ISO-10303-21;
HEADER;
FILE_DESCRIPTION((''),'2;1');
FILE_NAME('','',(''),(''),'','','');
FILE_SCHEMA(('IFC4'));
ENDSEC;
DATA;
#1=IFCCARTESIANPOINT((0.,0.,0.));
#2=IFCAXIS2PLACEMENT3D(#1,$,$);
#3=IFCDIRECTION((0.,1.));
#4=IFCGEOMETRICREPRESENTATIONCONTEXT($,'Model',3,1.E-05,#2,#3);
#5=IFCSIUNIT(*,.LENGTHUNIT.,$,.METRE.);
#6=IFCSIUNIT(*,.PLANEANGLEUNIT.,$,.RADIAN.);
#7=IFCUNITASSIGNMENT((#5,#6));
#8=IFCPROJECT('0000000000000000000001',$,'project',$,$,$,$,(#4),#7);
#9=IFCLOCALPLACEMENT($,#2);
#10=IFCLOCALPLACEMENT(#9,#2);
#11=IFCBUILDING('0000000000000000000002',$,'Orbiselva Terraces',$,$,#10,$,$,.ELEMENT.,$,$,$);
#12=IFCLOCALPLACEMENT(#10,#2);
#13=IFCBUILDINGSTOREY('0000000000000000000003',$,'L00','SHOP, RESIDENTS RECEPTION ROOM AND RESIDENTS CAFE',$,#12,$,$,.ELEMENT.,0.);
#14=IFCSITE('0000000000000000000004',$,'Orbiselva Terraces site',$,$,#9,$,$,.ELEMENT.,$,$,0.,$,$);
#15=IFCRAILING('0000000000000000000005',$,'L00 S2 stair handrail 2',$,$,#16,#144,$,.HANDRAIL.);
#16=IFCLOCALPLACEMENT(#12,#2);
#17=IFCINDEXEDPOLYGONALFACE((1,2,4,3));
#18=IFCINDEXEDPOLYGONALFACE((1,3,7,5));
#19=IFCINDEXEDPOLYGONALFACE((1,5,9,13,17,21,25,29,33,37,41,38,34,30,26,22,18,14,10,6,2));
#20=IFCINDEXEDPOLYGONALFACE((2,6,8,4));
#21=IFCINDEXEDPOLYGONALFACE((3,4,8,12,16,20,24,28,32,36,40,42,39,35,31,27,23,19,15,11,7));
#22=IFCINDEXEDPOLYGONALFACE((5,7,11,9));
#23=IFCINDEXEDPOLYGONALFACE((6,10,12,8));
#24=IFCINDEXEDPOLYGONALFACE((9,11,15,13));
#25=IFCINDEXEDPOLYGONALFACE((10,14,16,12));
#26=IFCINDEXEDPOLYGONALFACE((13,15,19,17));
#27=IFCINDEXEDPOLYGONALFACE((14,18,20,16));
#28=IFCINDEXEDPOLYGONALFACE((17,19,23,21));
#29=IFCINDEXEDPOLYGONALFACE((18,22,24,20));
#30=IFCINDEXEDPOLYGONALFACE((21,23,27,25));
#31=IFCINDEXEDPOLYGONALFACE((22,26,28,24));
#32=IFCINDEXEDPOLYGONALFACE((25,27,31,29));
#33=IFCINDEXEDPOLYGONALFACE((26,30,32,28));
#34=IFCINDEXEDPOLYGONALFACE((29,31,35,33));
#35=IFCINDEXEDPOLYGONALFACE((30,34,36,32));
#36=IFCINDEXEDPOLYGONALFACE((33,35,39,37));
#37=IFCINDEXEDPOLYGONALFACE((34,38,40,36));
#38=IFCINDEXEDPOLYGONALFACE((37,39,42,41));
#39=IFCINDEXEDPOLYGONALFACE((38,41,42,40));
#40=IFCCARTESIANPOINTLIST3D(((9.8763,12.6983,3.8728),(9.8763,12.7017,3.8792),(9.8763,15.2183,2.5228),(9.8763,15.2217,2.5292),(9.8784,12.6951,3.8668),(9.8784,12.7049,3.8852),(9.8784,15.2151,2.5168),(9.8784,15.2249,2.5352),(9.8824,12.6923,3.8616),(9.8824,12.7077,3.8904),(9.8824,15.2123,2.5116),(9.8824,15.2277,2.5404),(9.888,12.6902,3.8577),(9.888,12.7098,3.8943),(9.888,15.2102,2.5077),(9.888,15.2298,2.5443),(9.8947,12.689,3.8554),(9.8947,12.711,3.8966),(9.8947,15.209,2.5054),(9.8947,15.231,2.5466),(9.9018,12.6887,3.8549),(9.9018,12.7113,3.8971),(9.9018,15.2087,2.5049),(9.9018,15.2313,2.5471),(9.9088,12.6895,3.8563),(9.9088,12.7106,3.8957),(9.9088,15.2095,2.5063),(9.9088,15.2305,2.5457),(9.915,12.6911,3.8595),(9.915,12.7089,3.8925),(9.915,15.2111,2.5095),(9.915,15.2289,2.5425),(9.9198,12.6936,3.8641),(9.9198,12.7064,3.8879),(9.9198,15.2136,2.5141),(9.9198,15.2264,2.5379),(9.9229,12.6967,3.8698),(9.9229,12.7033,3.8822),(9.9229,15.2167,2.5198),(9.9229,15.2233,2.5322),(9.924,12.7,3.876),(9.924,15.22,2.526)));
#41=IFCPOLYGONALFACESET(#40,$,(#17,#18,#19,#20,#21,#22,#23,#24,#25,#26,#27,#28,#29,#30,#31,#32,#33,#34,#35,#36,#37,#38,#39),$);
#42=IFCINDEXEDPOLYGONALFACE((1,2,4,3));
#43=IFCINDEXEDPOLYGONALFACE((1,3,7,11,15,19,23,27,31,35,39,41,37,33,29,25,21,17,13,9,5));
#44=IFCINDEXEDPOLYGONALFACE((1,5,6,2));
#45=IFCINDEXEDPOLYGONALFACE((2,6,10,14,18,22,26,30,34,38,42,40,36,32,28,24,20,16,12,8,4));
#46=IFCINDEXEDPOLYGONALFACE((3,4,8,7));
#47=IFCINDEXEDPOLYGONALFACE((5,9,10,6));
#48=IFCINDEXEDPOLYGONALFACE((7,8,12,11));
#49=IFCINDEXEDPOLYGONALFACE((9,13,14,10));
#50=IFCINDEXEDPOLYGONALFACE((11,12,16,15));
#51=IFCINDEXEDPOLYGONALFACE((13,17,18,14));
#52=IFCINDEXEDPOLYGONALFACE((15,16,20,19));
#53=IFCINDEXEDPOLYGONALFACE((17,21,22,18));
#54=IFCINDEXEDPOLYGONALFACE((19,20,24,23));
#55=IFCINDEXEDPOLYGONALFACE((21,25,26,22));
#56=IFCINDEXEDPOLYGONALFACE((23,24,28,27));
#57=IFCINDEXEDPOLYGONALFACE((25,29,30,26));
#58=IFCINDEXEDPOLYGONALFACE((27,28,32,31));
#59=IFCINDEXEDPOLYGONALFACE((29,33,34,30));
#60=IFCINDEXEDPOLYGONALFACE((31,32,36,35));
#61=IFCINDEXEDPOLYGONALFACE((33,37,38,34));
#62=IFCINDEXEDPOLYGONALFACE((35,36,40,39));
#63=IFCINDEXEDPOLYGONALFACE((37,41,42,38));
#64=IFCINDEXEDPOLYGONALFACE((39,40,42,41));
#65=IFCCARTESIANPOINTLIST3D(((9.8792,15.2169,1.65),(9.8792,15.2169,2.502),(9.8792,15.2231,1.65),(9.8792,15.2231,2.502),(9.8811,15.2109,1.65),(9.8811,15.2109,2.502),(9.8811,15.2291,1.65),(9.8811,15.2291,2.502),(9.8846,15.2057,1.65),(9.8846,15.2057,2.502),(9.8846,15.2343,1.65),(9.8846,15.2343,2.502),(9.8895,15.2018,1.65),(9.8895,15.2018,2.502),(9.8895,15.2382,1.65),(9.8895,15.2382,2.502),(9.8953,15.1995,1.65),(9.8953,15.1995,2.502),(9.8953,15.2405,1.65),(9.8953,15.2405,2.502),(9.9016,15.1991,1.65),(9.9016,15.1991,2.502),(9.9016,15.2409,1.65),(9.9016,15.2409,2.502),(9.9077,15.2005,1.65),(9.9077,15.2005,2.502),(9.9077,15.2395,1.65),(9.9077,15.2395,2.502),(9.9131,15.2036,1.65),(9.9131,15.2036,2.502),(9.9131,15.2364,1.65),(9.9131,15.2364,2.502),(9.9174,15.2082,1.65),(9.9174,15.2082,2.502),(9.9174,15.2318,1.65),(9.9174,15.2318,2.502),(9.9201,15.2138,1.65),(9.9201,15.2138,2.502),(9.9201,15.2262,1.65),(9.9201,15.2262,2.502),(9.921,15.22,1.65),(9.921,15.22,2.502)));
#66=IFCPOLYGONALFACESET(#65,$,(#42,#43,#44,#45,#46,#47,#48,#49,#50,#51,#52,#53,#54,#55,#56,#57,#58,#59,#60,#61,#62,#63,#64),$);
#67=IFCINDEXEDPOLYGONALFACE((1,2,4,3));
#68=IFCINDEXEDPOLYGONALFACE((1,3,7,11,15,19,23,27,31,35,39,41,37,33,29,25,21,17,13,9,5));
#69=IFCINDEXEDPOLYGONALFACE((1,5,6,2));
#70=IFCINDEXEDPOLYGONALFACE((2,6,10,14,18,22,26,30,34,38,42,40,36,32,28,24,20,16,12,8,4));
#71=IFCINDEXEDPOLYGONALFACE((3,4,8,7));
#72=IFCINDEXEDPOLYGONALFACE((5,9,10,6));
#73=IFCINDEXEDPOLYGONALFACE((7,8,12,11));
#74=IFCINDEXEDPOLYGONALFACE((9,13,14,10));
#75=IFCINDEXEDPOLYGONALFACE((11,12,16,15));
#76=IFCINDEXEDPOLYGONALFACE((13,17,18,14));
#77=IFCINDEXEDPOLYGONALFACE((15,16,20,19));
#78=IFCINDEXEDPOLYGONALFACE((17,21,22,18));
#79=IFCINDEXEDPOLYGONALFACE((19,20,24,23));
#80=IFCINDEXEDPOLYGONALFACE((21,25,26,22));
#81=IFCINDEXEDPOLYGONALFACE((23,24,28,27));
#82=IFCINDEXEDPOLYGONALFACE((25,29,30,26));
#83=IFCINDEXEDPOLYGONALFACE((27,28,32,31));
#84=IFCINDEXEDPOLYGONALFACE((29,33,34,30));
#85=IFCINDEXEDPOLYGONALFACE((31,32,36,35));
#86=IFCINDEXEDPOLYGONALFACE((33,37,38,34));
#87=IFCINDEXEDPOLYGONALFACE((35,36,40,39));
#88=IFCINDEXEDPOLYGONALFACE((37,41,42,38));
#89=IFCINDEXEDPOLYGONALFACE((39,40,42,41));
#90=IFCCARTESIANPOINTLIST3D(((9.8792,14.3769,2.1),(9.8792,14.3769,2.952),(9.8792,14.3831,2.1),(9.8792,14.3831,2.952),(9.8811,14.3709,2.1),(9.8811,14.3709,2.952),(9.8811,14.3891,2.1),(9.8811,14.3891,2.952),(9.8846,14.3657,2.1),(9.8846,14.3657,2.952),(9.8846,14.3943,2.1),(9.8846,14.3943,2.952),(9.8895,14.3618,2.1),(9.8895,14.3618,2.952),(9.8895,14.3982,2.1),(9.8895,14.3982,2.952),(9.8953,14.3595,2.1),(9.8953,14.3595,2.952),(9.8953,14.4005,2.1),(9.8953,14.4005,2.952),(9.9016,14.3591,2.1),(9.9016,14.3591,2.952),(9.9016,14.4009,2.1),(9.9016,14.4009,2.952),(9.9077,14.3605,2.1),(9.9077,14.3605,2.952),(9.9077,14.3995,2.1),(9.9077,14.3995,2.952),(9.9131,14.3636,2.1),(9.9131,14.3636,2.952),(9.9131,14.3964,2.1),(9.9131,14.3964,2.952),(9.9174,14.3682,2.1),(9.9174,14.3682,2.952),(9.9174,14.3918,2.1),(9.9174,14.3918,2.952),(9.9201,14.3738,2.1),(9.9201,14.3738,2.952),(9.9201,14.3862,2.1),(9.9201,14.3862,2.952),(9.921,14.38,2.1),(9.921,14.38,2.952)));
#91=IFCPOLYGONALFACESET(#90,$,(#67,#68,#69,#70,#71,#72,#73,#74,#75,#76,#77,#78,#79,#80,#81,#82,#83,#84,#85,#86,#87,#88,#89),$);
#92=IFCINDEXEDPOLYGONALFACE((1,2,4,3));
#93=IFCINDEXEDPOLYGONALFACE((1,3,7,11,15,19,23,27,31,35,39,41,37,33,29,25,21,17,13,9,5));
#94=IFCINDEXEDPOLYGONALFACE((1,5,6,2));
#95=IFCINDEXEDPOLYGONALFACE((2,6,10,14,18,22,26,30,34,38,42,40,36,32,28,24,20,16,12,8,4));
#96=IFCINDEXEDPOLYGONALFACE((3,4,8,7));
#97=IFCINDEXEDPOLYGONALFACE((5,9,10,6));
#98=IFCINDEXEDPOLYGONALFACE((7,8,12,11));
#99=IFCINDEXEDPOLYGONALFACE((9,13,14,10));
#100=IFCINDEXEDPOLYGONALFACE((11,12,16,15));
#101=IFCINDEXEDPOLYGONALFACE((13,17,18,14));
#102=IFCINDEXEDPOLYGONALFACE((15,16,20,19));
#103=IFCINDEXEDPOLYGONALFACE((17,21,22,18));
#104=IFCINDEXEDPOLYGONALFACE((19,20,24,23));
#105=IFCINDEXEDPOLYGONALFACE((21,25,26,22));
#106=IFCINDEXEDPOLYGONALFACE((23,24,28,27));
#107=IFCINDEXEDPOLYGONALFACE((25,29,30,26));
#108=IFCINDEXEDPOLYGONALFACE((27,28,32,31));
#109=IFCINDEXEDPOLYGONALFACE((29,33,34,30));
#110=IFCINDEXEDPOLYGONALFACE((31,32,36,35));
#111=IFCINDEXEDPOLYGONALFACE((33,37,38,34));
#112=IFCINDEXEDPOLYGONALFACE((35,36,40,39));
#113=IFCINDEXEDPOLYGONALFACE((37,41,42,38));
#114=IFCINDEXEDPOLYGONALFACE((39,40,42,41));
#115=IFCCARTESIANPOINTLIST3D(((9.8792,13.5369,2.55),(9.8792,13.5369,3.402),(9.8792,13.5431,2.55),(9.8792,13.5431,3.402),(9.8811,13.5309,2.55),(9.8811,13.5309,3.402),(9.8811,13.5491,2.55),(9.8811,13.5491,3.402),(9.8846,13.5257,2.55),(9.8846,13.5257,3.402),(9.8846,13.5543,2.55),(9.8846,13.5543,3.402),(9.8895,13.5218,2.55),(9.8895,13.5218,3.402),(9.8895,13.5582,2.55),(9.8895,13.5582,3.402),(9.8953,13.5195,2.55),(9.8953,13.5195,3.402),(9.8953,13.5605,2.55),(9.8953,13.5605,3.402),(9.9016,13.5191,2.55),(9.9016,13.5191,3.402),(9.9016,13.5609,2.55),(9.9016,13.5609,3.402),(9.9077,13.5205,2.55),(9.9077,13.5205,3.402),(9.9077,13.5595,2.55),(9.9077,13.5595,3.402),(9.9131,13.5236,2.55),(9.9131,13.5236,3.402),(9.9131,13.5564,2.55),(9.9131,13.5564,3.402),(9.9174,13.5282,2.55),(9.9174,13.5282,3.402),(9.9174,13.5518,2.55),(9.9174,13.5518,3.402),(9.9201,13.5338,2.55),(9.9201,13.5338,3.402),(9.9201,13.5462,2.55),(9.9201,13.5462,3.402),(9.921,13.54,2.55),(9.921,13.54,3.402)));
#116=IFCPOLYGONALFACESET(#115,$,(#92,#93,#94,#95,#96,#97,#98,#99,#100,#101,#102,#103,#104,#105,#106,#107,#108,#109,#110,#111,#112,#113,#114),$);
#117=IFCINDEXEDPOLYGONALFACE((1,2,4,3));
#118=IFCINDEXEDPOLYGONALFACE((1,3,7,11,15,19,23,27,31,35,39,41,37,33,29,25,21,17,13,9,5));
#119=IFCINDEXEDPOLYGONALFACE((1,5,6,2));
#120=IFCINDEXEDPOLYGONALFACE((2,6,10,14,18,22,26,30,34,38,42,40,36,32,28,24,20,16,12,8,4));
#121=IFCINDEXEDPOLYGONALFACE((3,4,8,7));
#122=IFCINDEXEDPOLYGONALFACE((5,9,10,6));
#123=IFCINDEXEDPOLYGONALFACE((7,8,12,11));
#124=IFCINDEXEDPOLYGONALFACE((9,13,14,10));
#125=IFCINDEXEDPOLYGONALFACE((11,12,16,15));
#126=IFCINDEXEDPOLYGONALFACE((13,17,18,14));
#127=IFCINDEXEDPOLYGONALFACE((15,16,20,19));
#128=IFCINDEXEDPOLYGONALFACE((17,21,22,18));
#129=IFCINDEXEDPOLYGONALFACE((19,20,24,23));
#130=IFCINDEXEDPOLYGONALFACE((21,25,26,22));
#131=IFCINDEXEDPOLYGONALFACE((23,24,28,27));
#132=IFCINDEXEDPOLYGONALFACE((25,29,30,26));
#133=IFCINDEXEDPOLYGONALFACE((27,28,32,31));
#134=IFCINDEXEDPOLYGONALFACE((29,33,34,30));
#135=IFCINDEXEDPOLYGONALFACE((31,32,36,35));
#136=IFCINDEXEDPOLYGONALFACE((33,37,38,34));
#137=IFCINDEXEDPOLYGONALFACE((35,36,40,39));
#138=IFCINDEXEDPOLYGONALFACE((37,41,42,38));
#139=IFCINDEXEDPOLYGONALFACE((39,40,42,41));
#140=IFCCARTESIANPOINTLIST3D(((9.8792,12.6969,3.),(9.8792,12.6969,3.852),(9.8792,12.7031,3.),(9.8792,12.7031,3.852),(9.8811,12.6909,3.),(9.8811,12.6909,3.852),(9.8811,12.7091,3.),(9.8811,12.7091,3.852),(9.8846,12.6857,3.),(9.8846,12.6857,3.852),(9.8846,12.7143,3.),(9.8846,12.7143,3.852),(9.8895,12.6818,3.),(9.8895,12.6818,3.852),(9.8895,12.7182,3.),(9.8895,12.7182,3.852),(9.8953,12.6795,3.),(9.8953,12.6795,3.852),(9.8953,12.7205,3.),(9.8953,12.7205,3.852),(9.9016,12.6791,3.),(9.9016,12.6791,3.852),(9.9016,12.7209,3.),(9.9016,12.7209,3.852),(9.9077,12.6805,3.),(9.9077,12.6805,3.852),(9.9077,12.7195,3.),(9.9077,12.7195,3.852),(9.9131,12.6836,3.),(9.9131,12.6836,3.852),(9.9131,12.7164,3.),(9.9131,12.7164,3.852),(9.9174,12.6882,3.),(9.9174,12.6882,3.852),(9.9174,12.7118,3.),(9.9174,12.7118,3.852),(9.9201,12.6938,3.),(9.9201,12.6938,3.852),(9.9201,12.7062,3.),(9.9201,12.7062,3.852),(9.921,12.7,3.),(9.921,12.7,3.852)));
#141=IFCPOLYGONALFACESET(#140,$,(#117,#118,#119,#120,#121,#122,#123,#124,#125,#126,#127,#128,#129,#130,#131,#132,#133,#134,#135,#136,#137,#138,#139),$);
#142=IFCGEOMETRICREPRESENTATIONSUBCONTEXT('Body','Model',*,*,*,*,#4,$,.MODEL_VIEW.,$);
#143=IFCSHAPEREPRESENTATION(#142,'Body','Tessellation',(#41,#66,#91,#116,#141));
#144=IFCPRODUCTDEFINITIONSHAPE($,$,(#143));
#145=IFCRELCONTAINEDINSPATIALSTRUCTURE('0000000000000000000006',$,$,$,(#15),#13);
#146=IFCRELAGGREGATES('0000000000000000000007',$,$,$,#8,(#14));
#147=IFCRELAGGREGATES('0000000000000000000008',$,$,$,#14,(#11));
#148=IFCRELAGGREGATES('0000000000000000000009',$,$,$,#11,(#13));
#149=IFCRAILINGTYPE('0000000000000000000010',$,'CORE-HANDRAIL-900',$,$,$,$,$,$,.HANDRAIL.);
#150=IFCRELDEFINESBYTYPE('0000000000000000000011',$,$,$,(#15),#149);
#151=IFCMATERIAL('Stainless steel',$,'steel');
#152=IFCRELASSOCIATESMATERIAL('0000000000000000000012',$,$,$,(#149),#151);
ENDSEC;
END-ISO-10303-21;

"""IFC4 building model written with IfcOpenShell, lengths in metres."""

from ifc_helpers import new_model, si_unit, direction, frame, origin, origin_2d, place, context, subcontext, project, spatial, circle, extrude, material, type_object, element, save


model = new_model("IFC4")

# Units and contexts
model_context = context("Model", 3, precision=1e-05, world=origin(), true_north=direction((0.0, 1.0)))
body_context = subcontext(model_context, "Body", "Model", "MODEL_VIEW")
ifc_project = project(units=[si_unit("LENGTHUNIT", "METRE"), si_unit("PLANEANGLEUNIT", "RADIAN")], contexts=[model_context])

# Site, building, storey
site_placement = place(None, origin())
site = spatial("IfcSite", under=ifc_project, at=site_placement, Name="Orbiselva Terraces site", CompositionType="ELEMENT", RefElevation=0.0)
building_placement = place(site_placement, origin())
building = spatial("IfcBuilding", under=site, at=building_placement, Name="Orbiselva Terraces", CompositionType="ELEMENT")
storey_placement = place(building_placement, origin())
storey = spatial("IfcBuildingStorey", under=building, at=storey_placement, Name="L00", Description="SHOP, RESIDENTS RECEPTION ROOM AND RESIDENTS CAFE", CompositionType="ELEMENT", Elevation=0.0)

# Railing
ifc_material_1 = material(Name="Stainless steel", Category="steel")
railing_type_1 = type_object("IfcRailingType", Name="CORE-HANDRAIL-900", PredefinedType="HANDRAIL", material=ifc_material_1)
railing_1_placement = place(storey_placement, frame((9.9, 15.22, 1.65)))
element("IfcRailing", 1, at=railing_1_placement, inside=storey, type_object=railing_type_1, Name="L00 S2 stair handrail 2", PredefinedType="HANDRAIL", context=body_context, shape_type="SweptSolid", body=[
    extrude(circle(Radius=0.024, at=origin_2d()), frame((0.0, 0.0, 0.876), z_axis=(0.0, -0.88148, 0.472221), x_axis=(1.0, 0.0, 0.0)), (0.0, 0.0, 1.0), 2.8588),
    extrude(circle(Radius=0.021, at=origin_2d()), origin(), (0.0, 0.0, 1.0), 0.852),
    extrude(circle(Radius=0.021, at=origin_2d()), frame((0.0, -0.84, 0.45)), (0.0, 0.0, 1.0), 0.852),
    extrude(circle(Radius=0.021, at=origin_2d()), frame((0.0, -1.68, 0.9)), (0.0, 0.0, 1.0), 0.852),
    extrude(circle(Radius=0.021, at=origin_2d()), frame((0.0, -2.52, 1.35)), (0.0, 0.0, 1.0), 0.852),
])

save(model, "model.ifc")
